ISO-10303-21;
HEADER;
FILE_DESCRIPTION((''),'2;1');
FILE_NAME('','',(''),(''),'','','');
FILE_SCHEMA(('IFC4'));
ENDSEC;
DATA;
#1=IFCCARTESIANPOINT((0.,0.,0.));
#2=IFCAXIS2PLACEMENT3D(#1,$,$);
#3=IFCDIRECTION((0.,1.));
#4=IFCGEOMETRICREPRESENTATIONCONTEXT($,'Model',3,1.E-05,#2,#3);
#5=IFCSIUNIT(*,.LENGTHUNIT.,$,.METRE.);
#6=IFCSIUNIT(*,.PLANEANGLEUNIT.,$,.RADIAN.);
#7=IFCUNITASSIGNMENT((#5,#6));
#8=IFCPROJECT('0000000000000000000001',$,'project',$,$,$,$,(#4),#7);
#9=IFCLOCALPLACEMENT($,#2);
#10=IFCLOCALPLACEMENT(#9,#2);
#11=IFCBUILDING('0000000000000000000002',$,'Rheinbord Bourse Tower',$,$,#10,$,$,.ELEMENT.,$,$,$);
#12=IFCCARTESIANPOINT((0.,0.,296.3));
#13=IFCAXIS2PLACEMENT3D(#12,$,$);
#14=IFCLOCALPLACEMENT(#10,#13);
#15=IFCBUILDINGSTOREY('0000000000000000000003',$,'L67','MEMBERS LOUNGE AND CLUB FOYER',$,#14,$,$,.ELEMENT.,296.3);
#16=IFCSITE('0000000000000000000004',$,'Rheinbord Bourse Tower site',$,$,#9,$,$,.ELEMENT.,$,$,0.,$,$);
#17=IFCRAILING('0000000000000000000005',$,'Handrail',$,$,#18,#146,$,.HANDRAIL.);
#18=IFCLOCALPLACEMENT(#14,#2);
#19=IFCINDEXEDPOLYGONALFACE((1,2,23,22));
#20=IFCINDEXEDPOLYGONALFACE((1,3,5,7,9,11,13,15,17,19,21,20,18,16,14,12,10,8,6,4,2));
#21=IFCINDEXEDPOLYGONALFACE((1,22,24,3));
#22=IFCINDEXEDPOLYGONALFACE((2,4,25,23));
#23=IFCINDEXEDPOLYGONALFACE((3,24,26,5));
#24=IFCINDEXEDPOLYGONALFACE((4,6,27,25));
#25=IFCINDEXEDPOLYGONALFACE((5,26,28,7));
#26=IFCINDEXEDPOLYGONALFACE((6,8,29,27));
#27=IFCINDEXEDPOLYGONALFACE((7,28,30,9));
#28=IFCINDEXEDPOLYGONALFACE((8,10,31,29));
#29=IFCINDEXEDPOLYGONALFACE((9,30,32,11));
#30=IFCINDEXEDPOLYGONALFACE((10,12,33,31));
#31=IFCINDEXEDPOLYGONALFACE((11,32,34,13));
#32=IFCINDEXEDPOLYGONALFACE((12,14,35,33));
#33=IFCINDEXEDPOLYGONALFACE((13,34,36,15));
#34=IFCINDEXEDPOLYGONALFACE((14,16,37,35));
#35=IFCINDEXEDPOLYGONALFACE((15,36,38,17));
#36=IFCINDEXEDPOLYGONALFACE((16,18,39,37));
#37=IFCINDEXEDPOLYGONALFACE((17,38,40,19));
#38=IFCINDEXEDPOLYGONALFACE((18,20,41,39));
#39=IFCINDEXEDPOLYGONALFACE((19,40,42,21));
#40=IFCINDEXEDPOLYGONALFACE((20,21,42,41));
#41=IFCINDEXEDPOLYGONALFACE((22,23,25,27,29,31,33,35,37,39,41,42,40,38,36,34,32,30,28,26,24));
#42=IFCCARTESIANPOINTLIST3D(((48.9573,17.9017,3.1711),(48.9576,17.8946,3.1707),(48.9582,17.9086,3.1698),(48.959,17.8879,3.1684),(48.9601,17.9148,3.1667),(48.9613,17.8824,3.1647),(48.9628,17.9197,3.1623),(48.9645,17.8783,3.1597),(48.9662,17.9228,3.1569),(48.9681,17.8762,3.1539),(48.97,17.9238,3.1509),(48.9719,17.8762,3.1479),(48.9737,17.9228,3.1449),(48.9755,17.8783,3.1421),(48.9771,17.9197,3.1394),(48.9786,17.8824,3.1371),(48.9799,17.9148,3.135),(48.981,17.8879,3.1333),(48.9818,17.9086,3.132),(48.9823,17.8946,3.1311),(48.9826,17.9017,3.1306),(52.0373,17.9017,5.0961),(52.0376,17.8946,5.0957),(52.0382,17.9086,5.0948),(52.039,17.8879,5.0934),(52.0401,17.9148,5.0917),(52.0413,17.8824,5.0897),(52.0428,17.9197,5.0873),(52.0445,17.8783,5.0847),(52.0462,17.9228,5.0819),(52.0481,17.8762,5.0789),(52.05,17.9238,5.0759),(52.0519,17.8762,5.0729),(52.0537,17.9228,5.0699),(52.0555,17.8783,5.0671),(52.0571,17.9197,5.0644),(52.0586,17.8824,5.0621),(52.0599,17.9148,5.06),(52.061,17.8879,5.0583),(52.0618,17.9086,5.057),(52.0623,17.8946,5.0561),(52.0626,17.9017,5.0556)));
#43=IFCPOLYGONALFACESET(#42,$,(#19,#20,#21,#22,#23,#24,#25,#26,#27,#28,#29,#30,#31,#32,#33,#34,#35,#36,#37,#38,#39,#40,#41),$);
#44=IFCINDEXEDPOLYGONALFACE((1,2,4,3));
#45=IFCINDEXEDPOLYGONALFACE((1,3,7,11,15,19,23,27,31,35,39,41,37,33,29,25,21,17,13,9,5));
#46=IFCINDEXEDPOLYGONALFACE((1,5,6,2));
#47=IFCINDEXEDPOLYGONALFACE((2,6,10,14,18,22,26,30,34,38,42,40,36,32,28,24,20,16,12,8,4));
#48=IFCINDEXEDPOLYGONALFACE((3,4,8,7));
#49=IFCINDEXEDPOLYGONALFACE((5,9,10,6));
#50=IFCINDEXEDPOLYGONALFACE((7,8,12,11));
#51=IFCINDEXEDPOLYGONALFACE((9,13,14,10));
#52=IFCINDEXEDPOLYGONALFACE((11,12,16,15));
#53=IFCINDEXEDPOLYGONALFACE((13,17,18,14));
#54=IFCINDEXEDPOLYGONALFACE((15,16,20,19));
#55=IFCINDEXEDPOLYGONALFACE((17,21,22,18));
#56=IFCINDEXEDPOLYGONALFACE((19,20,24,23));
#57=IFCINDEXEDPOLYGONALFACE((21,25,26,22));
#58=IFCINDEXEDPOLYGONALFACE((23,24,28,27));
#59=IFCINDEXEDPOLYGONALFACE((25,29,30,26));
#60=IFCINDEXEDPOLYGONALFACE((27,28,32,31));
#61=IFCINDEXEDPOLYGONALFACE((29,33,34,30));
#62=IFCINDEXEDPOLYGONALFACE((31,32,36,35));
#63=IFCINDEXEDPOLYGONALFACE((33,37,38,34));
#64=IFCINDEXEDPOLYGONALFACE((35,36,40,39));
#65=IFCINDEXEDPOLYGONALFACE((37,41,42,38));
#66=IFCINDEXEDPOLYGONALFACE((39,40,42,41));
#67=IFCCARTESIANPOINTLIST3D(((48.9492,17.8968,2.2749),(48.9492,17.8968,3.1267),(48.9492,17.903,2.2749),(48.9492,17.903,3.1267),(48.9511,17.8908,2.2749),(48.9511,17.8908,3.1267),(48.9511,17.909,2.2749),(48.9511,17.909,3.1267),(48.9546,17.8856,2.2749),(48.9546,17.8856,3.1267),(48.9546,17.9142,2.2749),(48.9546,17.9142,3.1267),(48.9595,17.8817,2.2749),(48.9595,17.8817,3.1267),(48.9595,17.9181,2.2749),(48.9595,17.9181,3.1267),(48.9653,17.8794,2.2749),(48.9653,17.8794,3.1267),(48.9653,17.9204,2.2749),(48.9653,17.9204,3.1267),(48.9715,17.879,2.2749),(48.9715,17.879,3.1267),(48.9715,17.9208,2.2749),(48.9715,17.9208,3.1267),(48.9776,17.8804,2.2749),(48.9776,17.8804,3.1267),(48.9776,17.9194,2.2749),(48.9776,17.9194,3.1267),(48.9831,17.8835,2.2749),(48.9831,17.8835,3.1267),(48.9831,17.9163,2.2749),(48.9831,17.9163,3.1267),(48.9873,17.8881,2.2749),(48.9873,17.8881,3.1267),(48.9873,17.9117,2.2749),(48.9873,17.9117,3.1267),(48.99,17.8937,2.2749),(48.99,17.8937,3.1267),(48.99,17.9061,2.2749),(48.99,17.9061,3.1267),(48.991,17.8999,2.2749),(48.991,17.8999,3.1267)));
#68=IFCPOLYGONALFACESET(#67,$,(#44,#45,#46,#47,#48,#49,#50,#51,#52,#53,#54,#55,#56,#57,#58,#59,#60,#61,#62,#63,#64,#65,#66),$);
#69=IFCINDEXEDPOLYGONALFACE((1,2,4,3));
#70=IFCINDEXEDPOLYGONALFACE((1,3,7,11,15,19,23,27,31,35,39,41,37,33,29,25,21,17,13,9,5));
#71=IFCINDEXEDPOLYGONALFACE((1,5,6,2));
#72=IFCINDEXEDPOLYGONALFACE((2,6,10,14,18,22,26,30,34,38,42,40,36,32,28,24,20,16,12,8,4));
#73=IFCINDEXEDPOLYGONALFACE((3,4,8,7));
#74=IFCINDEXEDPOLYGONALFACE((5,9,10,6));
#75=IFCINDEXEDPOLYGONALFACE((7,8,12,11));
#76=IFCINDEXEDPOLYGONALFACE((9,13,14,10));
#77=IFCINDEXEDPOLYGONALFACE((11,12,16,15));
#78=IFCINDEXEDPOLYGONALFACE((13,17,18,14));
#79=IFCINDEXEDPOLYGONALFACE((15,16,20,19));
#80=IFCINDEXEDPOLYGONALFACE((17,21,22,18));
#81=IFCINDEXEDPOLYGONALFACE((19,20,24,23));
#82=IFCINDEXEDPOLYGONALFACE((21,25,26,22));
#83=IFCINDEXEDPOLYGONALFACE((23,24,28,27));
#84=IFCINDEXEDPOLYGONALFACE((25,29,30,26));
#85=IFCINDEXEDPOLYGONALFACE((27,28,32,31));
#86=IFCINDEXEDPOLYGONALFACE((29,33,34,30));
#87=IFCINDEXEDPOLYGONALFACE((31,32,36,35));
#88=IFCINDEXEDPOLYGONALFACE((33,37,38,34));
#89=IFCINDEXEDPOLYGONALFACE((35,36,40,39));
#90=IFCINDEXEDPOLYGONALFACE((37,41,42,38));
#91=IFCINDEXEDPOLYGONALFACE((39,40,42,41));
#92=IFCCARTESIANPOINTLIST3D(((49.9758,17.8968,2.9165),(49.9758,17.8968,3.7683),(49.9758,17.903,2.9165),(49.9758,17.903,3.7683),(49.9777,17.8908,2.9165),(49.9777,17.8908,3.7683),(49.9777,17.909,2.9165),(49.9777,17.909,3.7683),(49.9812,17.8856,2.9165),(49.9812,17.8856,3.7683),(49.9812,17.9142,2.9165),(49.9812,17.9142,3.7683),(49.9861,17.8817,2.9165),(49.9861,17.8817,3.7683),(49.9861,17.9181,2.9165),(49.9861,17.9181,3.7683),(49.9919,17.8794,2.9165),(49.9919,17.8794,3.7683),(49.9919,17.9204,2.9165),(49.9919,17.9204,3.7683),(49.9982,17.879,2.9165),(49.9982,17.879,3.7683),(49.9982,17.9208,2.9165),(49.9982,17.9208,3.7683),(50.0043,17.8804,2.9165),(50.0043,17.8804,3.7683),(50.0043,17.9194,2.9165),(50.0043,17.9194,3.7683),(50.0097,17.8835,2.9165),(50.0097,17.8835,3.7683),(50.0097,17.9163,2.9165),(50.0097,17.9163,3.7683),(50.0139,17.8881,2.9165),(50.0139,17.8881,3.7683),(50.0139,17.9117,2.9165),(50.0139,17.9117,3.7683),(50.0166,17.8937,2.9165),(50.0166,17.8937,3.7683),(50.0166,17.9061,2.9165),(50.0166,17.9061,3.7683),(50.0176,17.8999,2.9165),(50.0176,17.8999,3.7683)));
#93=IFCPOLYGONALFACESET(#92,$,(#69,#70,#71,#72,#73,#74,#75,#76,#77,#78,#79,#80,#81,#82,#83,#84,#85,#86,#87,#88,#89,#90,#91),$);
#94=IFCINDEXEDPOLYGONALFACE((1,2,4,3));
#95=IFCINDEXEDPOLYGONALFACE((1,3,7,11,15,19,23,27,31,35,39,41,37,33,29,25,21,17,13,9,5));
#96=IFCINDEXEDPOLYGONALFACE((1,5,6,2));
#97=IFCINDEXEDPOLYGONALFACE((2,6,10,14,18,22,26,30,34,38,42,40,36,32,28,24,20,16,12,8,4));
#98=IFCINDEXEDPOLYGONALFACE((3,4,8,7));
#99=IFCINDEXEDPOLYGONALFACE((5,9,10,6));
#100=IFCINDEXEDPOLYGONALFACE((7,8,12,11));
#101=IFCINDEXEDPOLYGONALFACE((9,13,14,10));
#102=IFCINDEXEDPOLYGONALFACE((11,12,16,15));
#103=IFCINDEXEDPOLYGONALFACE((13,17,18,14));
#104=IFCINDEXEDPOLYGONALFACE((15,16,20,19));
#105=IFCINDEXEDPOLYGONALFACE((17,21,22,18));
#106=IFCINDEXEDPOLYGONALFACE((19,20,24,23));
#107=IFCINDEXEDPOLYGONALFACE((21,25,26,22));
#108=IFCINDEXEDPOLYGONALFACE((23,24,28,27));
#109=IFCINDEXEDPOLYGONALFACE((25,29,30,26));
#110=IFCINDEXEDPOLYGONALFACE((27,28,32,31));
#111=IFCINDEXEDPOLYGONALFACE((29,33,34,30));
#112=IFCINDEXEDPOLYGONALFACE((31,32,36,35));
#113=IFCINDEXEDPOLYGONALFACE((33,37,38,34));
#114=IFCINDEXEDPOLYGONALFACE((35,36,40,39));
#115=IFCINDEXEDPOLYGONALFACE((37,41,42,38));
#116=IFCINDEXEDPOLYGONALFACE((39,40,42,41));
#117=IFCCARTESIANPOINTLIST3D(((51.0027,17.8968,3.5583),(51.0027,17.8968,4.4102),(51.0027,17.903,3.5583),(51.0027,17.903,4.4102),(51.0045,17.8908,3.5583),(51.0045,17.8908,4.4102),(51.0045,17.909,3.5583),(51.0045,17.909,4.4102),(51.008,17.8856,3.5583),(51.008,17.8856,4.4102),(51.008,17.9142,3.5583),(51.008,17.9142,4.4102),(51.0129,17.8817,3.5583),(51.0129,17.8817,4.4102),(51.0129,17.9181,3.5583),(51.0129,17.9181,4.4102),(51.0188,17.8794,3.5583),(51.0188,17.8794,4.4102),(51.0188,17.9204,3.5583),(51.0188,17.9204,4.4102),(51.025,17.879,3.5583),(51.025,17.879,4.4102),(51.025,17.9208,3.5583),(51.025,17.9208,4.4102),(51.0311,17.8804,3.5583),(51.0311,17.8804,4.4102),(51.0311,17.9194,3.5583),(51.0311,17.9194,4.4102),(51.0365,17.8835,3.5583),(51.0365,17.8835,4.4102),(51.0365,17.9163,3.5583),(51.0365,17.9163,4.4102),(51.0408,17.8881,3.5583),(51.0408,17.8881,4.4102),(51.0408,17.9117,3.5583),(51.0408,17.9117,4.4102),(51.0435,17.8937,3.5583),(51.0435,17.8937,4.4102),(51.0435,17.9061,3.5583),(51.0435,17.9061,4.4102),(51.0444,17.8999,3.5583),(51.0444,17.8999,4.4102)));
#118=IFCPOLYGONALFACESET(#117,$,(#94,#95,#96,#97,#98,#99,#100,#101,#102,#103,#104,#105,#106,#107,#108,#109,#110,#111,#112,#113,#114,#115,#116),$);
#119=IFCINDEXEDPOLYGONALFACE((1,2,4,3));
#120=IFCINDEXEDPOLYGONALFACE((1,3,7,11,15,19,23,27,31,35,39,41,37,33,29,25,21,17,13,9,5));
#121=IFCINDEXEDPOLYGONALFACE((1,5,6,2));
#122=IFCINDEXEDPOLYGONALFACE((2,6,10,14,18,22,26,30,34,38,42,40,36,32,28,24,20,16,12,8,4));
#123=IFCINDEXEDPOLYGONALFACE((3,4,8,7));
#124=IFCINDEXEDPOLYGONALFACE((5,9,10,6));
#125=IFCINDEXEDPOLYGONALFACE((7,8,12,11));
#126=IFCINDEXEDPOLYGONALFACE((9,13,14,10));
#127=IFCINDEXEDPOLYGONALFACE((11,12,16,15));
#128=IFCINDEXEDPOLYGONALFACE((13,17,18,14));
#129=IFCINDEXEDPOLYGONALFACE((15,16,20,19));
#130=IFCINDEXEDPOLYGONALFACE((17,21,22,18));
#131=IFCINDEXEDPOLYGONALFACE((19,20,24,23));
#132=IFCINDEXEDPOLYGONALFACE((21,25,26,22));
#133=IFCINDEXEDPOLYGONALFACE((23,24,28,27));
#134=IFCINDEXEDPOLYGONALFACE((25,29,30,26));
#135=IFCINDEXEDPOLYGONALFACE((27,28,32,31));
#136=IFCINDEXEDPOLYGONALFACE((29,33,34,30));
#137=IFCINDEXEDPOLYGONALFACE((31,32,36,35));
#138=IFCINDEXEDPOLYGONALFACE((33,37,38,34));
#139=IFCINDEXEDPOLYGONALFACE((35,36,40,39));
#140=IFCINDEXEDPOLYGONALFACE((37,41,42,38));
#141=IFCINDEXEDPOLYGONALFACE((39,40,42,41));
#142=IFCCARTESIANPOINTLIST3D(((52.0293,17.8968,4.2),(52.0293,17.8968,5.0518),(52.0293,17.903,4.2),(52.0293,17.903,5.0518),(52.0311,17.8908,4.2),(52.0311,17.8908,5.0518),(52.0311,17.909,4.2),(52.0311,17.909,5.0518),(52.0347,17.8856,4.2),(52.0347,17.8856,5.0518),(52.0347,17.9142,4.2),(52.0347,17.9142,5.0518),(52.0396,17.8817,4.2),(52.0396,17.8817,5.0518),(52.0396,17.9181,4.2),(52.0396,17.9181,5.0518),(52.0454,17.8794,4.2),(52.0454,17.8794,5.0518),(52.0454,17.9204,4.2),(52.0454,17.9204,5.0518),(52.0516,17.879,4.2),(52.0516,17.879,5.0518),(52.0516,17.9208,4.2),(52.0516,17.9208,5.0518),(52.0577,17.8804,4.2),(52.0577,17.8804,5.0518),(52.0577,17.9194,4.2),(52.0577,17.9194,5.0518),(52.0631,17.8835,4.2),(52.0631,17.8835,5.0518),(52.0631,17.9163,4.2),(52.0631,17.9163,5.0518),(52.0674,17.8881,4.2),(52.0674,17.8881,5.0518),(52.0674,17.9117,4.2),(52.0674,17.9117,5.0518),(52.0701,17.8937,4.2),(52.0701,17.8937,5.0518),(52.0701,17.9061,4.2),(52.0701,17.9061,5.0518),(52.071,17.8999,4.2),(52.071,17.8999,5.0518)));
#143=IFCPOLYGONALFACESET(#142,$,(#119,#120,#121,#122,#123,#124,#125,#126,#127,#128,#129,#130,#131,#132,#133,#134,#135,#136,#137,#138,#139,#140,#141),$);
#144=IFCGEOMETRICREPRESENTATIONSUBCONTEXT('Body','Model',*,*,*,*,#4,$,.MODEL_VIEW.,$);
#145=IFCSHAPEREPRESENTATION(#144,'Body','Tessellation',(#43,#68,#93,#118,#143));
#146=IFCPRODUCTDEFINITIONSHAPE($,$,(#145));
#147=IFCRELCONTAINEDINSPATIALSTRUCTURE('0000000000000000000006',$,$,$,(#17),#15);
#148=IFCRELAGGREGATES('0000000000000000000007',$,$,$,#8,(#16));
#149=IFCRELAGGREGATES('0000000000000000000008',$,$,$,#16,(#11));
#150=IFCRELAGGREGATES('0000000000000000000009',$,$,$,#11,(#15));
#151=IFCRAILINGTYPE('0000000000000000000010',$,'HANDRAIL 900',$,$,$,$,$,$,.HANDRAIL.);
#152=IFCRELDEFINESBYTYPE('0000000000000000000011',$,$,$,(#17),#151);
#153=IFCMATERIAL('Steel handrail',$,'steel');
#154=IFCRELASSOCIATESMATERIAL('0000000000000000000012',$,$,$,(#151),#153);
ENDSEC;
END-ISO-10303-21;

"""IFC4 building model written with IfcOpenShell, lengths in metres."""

from ifc_helpers import new_model, si_unit, direction, frame, origin, origin_2d, place, context, subcontext, project, spatial, circle, extrude, material, type_object, element, save


model = new_model("IFC4")

# Units and contexts
model_context = context("Model", 3, precision=1e-05, world=origin(), true_north=direction((0.0, 1.0)))
body_context = subcontext(model_context, "Body", "Model", "MODEL_VIEW")
ifc_project = project(units=[si_unit("LENGTHUNIT", "METRE"), si_unit("PLANEANGLEUNIT", "RADIAN")], contexts=[model_context])

# Site, building, storey
site_placement = place(None, origin())
site = spatial("IfcSite", under=ifc_project, at=site_placement, Name="Rheinbord Bourse Tower site", CompositionType="ELEMENT", RefElevation=0.0)
building_placement = place(site_placement, origin())
building = spatial("IfcBuilding", under=site, at=building_placement, Name="Rheinbord Bourse Tower", CompositionType="ELEMENT")
storey_placement = place(building_placement, frame((0.0, 0.0, 296.3)))
storey = spatial("IfcBuildingStorey", under=building, at=storey_placement, Name="L67", Description="MEMBERS LOUNGE AND CLUB FOYER", CompositionType="ELEMENT", Elevation=296.3)

# Railing
ifc_material_1 = material(Name="Steel handrail", Category="steel")
railing_type = type_object("IfcRailingType", Name="HANDRAIL 900", PredefinedType="HANDRAIL", material=ifc_material_1)
railing_1_placement = place(storey_placement, frame((48.97, 17.8999, 2.2749)))
element("IfcRailing", 1, at=railing_1_placement, inside=storey, type_object=railing_type, Name="Handrail", PredefinedType="HANDRAIL", context=body_context, shape_type="SweptSolid", body=[
    extrude(circle(Radius=0.0239, at=origin_2d()), frame((0.0, 0.0, 0.876), z_axis=(0.847998, 0.0, 0.529999), x_axis=(0.0, 1.0, 0.0)), (0.0, 0.0, 1.0), 3.6321),
    extrude(circle(Radius=0.021, at=origin_2d()), origin(), (0.0, 0.0, 1.0), 0.8518),
    extrude(circle(Radius=0.021, at=origin_2d()), frame((1.0266, 0.0, 0.6416)), (0.0, 0.0, 1.0), 0.8518),
    extrude(circle(Radius=0.021, at=origin_2d()), frame((2.0535, 0.0, 1.2834)), (0.0, 0.0, 1.0), 0.8518),
    extrude(circle(Radius=0.021, at=origin_2d()), frame((3.0801, 0.0, 1.925)), (0.0, 0.0, 1.0), 0.8518),
])

save(model, "model.ifc")
